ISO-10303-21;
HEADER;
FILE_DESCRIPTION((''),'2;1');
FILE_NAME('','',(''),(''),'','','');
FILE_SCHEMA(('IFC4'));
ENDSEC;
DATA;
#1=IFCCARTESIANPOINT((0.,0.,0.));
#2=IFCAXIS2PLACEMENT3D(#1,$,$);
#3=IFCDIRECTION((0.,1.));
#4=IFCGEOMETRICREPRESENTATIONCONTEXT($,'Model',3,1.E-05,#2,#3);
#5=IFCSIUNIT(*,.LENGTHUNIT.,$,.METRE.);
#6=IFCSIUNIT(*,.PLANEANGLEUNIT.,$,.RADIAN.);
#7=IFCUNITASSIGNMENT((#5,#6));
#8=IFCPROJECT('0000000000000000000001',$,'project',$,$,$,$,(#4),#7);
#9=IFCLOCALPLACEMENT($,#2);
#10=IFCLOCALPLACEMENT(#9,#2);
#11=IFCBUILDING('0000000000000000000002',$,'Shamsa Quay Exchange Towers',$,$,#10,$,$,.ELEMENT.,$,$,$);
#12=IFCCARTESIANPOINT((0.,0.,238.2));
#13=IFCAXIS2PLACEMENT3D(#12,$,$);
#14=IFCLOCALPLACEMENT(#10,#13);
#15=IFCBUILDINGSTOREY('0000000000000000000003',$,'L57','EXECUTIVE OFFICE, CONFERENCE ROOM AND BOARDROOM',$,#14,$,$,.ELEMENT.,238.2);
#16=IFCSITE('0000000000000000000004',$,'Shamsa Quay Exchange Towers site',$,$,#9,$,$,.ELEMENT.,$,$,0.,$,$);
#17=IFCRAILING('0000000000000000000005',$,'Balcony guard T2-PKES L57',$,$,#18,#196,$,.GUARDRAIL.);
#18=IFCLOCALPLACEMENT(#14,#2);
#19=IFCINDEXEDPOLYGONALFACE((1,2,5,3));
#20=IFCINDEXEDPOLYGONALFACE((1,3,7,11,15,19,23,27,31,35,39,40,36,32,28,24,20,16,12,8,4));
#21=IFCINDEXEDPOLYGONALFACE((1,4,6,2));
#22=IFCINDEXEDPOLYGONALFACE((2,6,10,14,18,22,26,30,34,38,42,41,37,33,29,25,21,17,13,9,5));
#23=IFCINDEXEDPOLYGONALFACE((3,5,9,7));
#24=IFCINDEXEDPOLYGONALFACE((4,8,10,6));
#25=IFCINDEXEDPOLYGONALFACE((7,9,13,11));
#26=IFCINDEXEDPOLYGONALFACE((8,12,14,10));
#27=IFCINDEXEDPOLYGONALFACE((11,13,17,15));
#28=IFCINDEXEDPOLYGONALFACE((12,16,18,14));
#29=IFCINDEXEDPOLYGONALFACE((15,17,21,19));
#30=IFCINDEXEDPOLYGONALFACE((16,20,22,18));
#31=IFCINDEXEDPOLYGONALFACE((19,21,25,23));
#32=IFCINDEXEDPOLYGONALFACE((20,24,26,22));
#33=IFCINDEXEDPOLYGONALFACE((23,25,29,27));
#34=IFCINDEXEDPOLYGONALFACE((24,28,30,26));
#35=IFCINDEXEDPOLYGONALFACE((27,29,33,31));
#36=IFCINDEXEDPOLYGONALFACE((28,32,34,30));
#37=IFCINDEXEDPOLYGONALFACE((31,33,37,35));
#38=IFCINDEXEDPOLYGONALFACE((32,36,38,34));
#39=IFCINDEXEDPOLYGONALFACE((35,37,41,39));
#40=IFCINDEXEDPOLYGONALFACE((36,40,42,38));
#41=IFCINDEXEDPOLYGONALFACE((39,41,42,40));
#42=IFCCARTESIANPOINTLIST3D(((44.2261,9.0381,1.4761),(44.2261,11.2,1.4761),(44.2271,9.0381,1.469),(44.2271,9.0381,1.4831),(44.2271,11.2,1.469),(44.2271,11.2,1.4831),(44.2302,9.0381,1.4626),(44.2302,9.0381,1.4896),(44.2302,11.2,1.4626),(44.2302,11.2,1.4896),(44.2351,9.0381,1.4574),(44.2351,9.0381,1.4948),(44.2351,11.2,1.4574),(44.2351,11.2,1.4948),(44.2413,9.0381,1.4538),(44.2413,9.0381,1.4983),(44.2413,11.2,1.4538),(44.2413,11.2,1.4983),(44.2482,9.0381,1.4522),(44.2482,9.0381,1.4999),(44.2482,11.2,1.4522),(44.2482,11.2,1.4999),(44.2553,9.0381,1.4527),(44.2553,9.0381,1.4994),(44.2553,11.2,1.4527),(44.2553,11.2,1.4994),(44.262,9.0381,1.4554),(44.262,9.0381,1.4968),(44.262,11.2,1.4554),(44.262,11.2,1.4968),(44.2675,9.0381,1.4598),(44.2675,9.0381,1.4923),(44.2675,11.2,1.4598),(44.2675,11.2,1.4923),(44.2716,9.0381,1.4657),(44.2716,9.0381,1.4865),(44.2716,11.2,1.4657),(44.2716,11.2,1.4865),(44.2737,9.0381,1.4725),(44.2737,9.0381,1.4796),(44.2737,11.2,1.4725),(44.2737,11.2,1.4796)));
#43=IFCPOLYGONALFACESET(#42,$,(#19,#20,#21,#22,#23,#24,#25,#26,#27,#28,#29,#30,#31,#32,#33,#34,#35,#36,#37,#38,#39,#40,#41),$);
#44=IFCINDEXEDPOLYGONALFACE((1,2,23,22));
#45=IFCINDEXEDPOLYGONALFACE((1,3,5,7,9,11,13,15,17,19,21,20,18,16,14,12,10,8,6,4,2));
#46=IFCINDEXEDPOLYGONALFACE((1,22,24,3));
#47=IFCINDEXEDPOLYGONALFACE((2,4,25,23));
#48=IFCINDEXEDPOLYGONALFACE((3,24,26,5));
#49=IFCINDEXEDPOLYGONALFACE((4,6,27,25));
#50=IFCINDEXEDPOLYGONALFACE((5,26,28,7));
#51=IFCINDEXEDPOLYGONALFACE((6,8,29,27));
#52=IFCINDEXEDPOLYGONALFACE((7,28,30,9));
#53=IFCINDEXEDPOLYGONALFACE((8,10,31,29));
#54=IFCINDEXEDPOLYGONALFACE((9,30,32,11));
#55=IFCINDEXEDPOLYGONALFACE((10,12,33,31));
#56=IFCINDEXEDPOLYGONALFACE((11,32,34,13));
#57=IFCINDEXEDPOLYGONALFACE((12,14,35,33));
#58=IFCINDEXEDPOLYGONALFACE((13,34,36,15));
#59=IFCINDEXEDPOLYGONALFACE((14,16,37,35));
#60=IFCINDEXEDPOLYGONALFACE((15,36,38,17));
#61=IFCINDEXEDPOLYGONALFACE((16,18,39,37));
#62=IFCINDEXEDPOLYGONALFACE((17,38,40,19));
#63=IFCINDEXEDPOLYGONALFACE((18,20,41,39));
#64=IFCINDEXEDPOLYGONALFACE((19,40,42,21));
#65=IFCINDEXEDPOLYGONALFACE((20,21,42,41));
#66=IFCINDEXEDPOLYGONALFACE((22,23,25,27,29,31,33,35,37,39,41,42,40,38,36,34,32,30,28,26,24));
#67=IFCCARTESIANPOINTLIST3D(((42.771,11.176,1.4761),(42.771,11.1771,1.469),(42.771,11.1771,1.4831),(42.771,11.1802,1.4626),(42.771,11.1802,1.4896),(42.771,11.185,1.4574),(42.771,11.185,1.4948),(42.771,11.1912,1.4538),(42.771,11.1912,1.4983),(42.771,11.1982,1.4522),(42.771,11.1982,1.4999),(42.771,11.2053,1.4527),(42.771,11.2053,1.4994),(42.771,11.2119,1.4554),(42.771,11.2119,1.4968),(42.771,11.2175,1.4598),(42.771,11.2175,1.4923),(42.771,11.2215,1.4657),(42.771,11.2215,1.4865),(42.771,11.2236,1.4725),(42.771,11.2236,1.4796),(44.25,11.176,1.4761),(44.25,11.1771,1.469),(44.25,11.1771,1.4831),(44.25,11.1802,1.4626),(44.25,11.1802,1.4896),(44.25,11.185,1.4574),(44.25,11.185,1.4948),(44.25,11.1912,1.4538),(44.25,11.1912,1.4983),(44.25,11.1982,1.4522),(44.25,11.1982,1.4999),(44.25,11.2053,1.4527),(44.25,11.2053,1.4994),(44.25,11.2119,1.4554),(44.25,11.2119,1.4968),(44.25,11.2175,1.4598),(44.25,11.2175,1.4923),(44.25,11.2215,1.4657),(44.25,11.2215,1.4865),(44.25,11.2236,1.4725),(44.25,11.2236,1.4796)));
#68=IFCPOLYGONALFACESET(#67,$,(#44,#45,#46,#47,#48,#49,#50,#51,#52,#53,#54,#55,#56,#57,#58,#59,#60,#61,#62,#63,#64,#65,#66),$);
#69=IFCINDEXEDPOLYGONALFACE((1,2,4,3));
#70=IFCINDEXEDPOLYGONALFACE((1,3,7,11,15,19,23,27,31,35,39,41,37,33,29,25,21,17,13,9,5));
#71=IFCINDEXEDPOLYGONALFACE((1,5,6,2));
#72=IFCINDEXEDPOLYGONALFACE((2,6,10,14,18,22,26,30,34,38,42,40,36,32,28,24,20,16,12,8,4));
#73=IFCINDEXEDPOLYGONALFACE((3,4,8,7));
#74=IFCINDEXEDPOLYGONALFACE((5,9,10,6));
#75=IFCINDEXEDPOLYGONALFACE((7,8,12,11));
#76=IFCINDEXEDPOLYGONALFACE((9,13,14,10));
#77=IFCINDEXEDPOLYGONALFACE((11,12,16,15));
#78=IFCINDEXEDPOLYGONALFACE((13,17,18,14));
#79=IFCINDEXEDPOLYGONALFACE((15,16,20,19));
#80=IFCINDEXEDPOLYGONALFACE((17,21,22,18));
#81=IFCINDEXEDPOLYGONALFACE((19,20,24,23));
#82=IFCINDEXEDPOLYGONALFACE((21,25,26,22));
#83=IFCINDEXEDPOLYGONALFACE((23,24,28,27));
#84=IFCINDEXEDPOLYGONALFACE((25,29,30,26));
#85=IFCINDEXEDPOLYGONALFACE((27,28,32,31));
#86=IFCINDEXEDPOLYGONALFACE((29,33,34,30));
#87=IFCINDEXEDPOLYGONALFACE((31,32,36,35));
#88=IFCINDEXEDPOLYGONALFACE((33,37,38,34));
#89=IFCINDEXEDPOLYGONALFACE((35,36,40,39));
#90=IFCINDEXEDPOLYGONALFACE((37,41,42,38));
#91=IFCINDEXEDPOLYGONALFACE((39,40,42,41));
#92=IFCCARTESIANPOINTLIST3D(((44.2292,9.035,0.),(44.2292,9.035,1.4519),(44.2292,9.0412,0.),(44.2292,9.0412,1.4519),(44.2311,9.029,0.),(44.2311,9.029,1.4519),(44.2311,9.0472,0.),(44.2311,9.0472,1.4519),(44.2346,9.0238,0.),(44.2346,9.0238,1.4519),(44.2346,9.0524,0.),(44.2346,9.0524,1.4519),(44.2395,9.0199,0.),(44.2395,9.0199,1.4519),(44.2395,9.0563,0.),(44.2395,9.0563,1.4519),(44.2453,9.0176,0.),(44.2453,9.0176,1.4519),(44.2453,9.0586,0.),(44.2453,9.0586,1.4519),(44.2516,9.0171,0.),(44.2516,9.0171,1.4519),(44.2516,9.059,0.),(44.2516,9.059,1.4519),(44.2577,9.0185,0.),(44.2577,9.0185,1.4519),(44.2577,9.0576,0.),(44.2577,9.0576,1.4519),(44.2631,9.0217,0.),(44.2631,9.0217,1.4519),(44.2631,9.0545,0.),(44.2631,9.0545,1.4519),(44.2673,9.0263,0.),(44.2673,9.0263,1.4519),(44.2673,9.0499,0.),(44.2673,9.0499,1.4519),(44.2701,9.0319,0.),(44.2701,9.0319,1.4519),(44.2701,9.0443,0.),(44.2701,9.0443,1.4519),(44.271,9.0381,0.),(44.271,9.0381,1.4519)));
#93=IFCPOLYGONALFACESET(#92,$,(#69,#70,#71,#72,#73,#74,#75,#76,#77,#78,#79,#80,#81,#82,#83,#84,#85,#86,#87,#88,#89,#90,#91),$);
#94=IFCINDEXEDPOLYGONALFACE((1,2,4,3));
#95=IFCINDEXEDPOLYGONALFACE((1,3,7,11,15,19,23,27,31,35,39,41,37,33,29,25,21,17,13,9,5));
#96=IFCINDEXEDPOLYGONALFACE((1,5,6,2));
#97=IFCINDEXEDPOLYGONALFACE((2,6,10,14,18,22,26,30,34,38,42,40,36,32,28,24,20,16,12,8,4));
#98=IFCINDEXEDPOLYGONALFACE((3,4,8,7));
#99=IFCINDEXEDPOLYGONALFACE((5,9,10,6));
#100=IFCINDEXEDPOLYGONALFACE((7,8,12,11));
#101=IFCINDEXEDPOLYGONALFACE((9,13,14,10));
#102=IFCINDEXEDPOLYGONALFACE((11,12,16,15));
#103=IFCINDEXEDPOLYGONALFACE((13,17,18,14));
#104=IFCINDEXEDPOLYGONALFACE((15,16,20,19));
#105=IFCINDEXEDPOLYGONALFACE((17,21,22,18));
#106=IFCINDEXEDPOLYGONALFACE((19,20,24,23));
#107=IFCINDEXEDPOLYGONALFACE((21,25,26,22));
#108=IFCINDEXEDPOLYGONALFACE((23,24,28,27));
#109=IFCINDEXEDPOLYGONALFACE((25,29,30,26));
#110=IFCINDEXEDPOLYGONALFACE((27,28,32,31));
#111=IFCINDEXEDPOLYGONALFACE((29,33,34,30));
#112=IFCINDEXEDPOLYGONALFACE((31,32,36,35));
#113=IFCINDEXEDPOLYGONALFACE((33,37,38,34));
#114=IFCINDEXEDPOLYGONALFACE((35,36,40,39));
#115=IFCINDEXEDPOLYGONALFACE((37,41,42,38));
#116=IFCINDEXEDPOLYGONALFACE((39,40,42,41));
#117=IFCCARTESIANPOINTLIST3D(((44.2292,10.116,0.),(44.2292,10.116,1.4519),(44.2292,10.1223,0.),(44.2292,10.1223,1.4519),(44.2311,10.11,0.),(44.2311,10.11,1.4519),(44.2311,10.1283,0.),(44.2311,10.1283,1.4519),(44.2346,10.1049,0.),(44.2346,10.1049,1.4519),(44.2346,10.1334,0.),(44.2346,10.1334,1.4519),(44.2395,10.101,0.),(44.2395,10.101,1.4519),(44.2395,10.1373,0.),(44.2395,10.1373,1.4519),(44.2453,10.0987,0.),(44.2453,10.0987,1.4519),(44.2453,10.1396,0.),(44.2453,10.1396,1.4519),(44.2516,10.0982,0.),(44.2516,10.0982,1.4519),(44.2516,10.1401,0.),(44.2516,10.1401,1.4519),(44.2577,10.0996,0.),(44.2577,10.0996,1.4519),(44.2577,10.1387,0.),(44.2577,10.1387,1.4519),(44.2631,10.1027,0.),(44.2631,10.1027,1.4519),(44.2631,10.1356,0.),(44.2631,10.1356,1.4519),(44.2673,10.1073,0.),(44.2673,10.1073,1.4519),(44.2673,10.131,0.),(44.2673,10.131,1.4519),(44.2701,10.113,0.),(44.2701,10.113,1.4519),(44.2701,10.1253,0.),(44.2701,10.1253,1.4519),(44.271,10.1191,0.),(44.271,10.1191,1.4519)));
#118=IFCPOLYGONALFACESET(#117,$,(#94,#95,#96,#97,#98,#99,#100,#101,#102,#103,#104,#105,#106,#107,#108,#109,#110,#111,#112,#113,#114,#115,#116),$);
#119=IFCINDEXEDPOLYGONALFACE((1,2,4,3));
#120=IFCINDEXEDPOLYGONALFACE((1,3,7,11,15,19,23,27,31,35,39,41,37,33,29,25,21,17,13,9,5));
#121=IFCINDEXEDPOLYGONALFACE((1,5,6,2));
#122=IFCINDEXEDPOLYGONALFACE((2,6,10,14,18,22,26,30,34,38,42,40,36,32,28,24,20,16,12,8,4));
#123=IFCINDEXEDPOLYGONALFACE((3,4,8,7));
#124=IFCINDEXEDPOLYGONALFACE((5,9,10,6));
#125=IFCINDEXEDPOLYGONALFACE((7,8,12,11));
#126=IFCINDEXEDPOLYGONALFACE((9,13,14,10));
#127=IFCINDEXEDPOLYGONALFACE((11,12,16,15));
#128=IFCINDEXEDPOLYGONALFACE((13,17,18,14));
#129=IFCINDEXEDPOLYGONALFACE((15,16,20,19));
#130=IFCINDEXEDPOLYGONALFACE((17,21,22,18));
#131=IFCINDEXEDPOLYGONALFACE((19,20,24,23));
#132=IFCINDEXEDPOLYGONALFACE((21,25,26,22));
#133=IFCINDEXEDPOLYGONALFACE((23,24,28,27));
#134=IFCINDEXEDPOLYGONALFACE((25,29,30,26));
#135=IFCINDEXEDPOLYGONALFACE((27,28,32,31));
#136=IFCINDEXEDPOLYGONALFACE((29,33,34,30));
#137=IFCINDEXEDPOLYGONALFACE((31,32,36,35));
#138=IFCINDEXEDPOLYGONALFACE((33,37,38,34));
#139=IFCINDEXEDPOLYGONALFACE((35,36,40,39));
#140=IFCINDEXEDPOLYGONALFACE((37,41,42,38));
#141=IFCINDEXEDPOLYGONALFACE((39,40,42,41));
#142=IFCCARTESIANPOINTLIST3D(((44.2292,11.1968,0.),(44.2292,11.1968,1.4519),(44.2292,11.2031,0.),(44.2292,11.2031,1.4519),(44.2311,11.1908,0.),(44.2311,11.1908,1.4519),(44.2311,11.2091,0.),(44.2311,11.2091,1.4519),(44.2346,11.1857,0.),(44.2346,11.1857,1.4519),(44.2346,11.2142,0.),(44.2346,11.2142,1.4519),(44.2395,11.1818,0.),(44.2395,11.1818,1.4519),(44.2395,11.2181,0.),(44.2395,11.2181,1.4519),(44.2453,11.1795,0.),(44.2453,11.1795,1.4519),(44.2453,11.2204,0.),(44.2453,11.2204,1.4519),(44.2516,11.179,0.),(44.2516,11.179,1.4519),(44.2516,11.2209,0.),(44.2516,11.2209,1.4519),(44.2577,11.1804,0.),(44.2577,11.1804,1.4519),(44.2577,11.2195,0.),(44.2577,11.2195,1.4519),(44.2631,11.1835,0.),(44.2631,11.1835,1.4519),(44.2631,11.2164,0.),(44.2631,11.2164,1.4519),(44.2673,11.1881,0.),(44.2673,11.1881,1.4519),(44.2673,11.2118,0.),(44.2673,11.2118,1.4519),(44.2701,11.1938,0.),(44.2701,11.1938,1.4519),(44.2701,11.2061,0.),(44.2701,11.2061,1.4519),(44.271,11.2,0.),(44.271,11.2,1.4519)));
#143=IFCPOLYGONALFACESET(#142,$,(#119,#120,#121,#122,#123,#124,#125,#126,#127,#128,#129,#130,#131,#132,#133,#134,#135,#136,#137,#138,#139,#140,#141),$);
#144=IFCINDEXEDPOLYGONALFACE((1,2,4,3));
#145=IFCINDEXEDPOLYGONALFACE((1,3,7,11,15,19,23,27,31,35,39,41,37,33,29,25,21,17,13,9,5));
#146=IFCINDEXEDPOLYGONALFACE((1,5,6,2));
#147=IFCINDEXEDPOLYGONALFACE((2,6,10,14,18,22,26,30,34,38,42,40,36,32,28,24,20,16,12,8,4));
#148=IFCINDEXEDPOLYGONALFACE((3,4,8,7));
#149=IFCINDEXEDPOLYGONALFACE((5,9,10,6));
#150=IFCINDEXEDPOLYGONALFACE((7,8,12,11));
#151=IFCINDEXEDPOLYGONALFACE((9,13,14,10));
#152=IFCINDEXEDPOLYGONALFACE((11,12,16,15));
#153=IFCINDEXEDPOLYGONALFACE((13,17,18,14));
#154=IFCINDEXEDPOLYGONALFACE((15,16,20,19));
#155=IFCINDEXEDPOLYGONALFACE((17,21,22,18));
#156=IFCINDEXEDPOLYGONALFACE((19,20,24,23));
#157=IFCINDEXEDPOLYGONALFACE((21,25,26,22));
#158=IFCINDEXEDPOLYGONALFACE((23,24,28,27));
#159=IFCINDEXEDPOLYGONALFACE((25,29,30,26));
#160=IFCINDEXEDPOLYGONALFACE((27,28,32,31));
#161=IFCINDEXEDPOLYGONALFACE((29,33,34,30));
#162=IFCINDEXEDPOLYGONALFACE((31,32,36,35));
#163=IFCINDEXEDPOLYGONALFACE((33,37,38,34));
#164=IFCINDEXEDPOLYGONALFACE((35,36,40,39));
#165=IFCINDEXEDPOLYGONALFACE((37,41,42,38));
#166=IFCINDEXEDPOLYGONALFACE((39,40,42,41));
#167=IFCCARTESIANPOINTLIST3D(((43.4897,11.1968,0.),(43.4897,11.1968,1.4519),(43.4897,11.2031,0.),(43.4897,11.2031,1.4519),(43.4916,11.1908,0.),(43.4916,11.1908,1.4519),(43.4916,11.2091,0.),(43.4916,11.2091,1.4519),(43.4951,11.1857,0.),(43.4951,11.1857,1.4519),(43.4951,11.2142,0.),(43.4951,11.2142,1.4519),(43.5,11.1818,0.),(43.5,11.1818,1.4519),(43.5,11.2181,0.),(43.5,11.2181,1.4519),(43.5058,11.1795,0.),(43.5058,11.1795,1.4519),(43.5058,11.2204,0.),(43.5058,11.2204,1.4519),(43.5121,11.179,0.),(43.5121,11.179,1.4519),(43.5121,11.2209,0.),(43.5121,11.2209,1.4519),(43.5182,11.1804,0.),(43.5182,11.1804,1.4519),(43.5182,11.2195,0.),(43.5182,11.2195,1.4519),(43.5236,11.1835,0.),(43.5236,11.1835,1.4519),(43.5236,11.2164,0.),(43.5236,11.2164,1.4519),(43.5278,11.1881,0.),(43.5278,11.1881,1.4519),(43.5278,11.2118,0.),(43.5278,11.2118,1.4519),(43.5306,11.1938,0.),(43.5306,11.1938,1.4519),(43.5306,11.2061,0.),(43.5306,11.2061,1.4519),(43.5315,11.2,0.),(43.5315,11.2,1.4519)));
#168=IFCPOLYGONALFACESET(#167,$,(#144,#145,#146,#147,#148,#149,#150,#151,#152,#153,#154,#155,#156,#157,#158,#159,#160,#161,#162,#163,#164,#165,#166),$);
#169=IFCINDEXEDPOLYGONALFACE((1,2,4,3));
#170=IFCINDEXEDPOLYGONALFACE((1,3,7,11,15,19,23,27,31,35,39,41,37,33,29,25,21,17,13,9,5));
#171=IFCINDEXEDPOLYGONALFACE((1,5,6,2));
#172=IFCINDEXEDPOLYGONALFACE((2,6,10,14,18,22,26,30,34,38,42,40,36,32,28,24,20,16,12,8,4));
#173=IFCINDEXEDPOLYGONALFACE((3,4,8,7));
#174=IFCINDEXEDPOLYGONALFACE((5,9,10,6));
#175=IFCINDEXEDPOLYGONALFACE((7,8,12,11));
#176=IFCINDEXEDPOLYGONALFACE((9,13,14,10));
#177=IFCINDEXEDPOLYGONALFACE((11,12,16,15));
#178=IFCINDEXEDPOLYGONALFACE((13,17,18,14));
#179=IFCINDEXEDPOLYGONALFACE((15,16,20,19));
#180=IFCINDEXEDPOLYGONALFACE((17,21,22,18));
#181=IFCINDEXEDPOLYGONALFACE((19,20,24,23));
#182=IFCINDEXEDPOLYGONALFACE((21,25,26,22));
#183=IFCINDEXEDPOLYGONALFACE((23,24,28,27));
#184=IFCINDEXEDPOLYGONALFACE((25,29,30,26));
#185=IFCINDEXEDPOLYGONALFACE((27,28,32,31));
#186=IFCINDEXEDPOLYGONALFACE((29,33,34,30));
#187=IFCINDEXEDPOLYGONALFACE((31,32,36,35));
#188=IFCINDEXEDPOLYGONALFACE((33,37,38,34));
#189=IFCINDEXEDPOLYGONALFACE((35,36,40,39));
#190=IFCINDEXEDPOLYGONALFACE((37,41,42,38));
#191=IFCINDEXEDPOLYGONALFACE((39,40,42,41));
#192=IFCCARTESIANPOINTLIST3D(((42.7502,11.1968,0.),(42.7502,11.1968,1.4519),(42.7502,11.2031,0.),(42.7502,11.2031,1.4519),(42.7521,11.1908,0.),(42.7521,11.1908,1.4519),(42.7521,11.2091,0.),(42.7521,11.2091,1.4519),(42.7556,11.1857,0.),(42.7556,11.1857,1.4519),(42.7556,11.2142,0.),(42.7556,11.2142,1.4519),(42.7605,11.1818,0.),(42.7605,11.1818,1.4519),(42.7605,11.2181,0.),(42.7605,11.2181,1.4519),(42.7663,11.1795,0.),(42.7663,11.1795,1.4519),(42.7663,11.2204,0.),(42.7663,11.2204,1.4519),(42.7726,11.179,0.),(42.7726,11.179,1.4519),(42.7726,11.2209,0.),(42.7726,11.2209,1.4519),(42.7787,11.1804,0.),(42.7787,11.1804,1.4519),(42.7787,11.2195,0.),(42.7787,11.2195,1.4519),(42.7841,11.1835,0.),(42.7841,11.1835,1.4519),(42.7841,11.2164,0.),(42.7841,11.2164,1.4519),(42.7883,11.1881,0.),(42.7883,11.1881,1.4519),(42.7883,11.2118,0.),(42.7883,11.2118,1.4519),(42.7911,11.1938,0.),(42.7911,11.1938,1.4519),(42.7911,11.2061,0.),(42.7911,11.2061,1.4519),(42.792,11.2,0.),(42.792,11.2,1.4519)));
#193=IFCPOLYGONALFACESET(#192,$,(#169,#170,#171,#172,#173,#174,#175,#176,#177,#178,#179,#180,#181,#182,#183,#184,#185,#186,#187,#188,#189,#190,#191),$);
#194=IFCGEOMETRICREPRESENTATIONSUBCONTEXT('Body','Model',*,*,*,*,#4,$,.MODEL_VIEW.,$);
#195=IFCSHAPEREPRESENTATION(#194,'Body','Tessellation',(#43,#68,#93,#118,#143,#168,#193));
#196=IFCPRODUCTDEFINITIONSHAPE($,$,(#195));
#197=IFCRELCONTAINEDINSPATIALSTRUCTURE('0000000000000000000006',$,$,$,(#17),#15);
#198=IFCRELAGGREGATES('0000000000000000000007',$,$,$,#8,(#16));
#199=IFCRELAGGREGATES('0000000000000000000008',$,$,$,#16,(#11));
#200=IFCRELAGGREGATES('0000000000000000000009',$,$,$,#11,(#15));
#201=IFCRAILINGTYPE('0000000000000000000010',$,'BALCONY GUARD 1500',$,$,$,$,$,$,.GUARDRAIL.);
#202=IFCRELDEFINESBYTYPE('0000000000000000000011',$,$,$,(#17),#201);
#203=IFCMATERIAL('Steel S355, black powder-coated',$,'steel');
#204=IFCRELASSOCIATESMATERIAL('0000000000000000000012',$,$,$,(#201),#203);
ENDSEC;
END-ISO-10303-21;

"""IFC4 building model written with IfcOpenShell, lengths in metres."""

from ifc_helpers import new_model, si_unit, direction, frame, origin, origin_2d, place, context, subcontext, project, spatial, circle, extrude, material, type_object, element, save


model = new_model("IFC4")

# Units and contexts
model_context = context("Model", 3, precision=1e-05, world=origin(), true_north=direction((0.0, 1.0)))
body_context = subcontext(model_context, "Body", "Model", "MODEL_VIEW")
ifc_project = project(units=[si_unit("LENGTHUNIT", "METRE"), si_unit("PLANEANGLEUNIT", "RADIAN")], contexts=[model_context])

# Site, building, storey
site_placement = place(None, origin())
site = spatial("IfcSite", under=ifc_project, at=site_placement, Name="Shamsa Quay Exchange Towers site", CompositionType="ELEMENT", RefElevation=0.0)
building_placement = place(site_placement, origin())
building = spatial("IfcBuilding", under=site, at=building_placement, Name="Shamsa Quay Exchange Towers", CompositionType="ELEMENT")
storey_placement = place(building_placement, frame((0.0, 0.0, 238.2)))
storey = spatial("IfcBuildingStorey", under=building, at=storey_placement, Name="L57", Description="EXECUTIVE OFFICE, CONFERENCE ROOM AND BOARDROOM", CompositionType="ELEMENT", Elevation=238.2)

# Railing
ifc_material_1 = material(Name="Steel S355, black powder-coated", Category="steel")
railing_type_1 = type_object("IfcRailingType", Name="BALCONY GUARD 1500", PredefinedType="GUARDRAIL", material=ifc_material_1)
for number, where, name in (
    (1, (44.25, 9.0381, 0.0), "Balcony guard T2-PKES L57"),
):
    element("IfcRailing", number, at=place(storey_placement, frame(where)), inside=storey, type_object=railing_type_1, Name=name, PredefinedType="GUARDRAIL", context=body_context, shape_type="SweptSolid", body=[
        extrude(circle(Radius=0.0239, at=origin_2d()), frame((0.0, 0.0, 1.4761), z_axis=(0.0, 1.0, 0.0), x_axis=(-1.0, 0.0, 0.0)), (0.0, 0.0, 1.0), 2.1619),
        extrude(circle(Radius=0.0239, at=origin_2d()), frame((0.0, 2.1619, 1.4761), z_axis=(-1.0, 0.0, 0.0), x_axis=(0.0, -1.0, 0.0)), (0.0, 0.0, 1.0), 1.479),
        extrude(circle(Radius=0.021, at=origin_2d()), origin(), (0.0, 0.0, 1.0), 1.4519),
        extrude(circle(Radius=0.021, at=origin_2d()), frame((0.0, 1.0811, 0.0)), (0.0, 0.0, 1.0), 1.4519),
        extrude(circle(Radius=0.021, at=origin_2d()), frame((0.0, 2.1619, 0.0)), (0.0, 0.0, 1.0), 1.4519),
        extrude(circle(Radius=0.021, at=origin_2d()), frame((-0.7395, 2.1619, 0.0)), (0.0, 0.0, 1.0), 1.4519),
        extrude(circle(Radius=0.021, at=origin_2d()), frame((-1.479, 2.1619, 0.0)), (0.0, 0.0, 1.0), 1.4519),
    ])

save(model, "model.ifc")
